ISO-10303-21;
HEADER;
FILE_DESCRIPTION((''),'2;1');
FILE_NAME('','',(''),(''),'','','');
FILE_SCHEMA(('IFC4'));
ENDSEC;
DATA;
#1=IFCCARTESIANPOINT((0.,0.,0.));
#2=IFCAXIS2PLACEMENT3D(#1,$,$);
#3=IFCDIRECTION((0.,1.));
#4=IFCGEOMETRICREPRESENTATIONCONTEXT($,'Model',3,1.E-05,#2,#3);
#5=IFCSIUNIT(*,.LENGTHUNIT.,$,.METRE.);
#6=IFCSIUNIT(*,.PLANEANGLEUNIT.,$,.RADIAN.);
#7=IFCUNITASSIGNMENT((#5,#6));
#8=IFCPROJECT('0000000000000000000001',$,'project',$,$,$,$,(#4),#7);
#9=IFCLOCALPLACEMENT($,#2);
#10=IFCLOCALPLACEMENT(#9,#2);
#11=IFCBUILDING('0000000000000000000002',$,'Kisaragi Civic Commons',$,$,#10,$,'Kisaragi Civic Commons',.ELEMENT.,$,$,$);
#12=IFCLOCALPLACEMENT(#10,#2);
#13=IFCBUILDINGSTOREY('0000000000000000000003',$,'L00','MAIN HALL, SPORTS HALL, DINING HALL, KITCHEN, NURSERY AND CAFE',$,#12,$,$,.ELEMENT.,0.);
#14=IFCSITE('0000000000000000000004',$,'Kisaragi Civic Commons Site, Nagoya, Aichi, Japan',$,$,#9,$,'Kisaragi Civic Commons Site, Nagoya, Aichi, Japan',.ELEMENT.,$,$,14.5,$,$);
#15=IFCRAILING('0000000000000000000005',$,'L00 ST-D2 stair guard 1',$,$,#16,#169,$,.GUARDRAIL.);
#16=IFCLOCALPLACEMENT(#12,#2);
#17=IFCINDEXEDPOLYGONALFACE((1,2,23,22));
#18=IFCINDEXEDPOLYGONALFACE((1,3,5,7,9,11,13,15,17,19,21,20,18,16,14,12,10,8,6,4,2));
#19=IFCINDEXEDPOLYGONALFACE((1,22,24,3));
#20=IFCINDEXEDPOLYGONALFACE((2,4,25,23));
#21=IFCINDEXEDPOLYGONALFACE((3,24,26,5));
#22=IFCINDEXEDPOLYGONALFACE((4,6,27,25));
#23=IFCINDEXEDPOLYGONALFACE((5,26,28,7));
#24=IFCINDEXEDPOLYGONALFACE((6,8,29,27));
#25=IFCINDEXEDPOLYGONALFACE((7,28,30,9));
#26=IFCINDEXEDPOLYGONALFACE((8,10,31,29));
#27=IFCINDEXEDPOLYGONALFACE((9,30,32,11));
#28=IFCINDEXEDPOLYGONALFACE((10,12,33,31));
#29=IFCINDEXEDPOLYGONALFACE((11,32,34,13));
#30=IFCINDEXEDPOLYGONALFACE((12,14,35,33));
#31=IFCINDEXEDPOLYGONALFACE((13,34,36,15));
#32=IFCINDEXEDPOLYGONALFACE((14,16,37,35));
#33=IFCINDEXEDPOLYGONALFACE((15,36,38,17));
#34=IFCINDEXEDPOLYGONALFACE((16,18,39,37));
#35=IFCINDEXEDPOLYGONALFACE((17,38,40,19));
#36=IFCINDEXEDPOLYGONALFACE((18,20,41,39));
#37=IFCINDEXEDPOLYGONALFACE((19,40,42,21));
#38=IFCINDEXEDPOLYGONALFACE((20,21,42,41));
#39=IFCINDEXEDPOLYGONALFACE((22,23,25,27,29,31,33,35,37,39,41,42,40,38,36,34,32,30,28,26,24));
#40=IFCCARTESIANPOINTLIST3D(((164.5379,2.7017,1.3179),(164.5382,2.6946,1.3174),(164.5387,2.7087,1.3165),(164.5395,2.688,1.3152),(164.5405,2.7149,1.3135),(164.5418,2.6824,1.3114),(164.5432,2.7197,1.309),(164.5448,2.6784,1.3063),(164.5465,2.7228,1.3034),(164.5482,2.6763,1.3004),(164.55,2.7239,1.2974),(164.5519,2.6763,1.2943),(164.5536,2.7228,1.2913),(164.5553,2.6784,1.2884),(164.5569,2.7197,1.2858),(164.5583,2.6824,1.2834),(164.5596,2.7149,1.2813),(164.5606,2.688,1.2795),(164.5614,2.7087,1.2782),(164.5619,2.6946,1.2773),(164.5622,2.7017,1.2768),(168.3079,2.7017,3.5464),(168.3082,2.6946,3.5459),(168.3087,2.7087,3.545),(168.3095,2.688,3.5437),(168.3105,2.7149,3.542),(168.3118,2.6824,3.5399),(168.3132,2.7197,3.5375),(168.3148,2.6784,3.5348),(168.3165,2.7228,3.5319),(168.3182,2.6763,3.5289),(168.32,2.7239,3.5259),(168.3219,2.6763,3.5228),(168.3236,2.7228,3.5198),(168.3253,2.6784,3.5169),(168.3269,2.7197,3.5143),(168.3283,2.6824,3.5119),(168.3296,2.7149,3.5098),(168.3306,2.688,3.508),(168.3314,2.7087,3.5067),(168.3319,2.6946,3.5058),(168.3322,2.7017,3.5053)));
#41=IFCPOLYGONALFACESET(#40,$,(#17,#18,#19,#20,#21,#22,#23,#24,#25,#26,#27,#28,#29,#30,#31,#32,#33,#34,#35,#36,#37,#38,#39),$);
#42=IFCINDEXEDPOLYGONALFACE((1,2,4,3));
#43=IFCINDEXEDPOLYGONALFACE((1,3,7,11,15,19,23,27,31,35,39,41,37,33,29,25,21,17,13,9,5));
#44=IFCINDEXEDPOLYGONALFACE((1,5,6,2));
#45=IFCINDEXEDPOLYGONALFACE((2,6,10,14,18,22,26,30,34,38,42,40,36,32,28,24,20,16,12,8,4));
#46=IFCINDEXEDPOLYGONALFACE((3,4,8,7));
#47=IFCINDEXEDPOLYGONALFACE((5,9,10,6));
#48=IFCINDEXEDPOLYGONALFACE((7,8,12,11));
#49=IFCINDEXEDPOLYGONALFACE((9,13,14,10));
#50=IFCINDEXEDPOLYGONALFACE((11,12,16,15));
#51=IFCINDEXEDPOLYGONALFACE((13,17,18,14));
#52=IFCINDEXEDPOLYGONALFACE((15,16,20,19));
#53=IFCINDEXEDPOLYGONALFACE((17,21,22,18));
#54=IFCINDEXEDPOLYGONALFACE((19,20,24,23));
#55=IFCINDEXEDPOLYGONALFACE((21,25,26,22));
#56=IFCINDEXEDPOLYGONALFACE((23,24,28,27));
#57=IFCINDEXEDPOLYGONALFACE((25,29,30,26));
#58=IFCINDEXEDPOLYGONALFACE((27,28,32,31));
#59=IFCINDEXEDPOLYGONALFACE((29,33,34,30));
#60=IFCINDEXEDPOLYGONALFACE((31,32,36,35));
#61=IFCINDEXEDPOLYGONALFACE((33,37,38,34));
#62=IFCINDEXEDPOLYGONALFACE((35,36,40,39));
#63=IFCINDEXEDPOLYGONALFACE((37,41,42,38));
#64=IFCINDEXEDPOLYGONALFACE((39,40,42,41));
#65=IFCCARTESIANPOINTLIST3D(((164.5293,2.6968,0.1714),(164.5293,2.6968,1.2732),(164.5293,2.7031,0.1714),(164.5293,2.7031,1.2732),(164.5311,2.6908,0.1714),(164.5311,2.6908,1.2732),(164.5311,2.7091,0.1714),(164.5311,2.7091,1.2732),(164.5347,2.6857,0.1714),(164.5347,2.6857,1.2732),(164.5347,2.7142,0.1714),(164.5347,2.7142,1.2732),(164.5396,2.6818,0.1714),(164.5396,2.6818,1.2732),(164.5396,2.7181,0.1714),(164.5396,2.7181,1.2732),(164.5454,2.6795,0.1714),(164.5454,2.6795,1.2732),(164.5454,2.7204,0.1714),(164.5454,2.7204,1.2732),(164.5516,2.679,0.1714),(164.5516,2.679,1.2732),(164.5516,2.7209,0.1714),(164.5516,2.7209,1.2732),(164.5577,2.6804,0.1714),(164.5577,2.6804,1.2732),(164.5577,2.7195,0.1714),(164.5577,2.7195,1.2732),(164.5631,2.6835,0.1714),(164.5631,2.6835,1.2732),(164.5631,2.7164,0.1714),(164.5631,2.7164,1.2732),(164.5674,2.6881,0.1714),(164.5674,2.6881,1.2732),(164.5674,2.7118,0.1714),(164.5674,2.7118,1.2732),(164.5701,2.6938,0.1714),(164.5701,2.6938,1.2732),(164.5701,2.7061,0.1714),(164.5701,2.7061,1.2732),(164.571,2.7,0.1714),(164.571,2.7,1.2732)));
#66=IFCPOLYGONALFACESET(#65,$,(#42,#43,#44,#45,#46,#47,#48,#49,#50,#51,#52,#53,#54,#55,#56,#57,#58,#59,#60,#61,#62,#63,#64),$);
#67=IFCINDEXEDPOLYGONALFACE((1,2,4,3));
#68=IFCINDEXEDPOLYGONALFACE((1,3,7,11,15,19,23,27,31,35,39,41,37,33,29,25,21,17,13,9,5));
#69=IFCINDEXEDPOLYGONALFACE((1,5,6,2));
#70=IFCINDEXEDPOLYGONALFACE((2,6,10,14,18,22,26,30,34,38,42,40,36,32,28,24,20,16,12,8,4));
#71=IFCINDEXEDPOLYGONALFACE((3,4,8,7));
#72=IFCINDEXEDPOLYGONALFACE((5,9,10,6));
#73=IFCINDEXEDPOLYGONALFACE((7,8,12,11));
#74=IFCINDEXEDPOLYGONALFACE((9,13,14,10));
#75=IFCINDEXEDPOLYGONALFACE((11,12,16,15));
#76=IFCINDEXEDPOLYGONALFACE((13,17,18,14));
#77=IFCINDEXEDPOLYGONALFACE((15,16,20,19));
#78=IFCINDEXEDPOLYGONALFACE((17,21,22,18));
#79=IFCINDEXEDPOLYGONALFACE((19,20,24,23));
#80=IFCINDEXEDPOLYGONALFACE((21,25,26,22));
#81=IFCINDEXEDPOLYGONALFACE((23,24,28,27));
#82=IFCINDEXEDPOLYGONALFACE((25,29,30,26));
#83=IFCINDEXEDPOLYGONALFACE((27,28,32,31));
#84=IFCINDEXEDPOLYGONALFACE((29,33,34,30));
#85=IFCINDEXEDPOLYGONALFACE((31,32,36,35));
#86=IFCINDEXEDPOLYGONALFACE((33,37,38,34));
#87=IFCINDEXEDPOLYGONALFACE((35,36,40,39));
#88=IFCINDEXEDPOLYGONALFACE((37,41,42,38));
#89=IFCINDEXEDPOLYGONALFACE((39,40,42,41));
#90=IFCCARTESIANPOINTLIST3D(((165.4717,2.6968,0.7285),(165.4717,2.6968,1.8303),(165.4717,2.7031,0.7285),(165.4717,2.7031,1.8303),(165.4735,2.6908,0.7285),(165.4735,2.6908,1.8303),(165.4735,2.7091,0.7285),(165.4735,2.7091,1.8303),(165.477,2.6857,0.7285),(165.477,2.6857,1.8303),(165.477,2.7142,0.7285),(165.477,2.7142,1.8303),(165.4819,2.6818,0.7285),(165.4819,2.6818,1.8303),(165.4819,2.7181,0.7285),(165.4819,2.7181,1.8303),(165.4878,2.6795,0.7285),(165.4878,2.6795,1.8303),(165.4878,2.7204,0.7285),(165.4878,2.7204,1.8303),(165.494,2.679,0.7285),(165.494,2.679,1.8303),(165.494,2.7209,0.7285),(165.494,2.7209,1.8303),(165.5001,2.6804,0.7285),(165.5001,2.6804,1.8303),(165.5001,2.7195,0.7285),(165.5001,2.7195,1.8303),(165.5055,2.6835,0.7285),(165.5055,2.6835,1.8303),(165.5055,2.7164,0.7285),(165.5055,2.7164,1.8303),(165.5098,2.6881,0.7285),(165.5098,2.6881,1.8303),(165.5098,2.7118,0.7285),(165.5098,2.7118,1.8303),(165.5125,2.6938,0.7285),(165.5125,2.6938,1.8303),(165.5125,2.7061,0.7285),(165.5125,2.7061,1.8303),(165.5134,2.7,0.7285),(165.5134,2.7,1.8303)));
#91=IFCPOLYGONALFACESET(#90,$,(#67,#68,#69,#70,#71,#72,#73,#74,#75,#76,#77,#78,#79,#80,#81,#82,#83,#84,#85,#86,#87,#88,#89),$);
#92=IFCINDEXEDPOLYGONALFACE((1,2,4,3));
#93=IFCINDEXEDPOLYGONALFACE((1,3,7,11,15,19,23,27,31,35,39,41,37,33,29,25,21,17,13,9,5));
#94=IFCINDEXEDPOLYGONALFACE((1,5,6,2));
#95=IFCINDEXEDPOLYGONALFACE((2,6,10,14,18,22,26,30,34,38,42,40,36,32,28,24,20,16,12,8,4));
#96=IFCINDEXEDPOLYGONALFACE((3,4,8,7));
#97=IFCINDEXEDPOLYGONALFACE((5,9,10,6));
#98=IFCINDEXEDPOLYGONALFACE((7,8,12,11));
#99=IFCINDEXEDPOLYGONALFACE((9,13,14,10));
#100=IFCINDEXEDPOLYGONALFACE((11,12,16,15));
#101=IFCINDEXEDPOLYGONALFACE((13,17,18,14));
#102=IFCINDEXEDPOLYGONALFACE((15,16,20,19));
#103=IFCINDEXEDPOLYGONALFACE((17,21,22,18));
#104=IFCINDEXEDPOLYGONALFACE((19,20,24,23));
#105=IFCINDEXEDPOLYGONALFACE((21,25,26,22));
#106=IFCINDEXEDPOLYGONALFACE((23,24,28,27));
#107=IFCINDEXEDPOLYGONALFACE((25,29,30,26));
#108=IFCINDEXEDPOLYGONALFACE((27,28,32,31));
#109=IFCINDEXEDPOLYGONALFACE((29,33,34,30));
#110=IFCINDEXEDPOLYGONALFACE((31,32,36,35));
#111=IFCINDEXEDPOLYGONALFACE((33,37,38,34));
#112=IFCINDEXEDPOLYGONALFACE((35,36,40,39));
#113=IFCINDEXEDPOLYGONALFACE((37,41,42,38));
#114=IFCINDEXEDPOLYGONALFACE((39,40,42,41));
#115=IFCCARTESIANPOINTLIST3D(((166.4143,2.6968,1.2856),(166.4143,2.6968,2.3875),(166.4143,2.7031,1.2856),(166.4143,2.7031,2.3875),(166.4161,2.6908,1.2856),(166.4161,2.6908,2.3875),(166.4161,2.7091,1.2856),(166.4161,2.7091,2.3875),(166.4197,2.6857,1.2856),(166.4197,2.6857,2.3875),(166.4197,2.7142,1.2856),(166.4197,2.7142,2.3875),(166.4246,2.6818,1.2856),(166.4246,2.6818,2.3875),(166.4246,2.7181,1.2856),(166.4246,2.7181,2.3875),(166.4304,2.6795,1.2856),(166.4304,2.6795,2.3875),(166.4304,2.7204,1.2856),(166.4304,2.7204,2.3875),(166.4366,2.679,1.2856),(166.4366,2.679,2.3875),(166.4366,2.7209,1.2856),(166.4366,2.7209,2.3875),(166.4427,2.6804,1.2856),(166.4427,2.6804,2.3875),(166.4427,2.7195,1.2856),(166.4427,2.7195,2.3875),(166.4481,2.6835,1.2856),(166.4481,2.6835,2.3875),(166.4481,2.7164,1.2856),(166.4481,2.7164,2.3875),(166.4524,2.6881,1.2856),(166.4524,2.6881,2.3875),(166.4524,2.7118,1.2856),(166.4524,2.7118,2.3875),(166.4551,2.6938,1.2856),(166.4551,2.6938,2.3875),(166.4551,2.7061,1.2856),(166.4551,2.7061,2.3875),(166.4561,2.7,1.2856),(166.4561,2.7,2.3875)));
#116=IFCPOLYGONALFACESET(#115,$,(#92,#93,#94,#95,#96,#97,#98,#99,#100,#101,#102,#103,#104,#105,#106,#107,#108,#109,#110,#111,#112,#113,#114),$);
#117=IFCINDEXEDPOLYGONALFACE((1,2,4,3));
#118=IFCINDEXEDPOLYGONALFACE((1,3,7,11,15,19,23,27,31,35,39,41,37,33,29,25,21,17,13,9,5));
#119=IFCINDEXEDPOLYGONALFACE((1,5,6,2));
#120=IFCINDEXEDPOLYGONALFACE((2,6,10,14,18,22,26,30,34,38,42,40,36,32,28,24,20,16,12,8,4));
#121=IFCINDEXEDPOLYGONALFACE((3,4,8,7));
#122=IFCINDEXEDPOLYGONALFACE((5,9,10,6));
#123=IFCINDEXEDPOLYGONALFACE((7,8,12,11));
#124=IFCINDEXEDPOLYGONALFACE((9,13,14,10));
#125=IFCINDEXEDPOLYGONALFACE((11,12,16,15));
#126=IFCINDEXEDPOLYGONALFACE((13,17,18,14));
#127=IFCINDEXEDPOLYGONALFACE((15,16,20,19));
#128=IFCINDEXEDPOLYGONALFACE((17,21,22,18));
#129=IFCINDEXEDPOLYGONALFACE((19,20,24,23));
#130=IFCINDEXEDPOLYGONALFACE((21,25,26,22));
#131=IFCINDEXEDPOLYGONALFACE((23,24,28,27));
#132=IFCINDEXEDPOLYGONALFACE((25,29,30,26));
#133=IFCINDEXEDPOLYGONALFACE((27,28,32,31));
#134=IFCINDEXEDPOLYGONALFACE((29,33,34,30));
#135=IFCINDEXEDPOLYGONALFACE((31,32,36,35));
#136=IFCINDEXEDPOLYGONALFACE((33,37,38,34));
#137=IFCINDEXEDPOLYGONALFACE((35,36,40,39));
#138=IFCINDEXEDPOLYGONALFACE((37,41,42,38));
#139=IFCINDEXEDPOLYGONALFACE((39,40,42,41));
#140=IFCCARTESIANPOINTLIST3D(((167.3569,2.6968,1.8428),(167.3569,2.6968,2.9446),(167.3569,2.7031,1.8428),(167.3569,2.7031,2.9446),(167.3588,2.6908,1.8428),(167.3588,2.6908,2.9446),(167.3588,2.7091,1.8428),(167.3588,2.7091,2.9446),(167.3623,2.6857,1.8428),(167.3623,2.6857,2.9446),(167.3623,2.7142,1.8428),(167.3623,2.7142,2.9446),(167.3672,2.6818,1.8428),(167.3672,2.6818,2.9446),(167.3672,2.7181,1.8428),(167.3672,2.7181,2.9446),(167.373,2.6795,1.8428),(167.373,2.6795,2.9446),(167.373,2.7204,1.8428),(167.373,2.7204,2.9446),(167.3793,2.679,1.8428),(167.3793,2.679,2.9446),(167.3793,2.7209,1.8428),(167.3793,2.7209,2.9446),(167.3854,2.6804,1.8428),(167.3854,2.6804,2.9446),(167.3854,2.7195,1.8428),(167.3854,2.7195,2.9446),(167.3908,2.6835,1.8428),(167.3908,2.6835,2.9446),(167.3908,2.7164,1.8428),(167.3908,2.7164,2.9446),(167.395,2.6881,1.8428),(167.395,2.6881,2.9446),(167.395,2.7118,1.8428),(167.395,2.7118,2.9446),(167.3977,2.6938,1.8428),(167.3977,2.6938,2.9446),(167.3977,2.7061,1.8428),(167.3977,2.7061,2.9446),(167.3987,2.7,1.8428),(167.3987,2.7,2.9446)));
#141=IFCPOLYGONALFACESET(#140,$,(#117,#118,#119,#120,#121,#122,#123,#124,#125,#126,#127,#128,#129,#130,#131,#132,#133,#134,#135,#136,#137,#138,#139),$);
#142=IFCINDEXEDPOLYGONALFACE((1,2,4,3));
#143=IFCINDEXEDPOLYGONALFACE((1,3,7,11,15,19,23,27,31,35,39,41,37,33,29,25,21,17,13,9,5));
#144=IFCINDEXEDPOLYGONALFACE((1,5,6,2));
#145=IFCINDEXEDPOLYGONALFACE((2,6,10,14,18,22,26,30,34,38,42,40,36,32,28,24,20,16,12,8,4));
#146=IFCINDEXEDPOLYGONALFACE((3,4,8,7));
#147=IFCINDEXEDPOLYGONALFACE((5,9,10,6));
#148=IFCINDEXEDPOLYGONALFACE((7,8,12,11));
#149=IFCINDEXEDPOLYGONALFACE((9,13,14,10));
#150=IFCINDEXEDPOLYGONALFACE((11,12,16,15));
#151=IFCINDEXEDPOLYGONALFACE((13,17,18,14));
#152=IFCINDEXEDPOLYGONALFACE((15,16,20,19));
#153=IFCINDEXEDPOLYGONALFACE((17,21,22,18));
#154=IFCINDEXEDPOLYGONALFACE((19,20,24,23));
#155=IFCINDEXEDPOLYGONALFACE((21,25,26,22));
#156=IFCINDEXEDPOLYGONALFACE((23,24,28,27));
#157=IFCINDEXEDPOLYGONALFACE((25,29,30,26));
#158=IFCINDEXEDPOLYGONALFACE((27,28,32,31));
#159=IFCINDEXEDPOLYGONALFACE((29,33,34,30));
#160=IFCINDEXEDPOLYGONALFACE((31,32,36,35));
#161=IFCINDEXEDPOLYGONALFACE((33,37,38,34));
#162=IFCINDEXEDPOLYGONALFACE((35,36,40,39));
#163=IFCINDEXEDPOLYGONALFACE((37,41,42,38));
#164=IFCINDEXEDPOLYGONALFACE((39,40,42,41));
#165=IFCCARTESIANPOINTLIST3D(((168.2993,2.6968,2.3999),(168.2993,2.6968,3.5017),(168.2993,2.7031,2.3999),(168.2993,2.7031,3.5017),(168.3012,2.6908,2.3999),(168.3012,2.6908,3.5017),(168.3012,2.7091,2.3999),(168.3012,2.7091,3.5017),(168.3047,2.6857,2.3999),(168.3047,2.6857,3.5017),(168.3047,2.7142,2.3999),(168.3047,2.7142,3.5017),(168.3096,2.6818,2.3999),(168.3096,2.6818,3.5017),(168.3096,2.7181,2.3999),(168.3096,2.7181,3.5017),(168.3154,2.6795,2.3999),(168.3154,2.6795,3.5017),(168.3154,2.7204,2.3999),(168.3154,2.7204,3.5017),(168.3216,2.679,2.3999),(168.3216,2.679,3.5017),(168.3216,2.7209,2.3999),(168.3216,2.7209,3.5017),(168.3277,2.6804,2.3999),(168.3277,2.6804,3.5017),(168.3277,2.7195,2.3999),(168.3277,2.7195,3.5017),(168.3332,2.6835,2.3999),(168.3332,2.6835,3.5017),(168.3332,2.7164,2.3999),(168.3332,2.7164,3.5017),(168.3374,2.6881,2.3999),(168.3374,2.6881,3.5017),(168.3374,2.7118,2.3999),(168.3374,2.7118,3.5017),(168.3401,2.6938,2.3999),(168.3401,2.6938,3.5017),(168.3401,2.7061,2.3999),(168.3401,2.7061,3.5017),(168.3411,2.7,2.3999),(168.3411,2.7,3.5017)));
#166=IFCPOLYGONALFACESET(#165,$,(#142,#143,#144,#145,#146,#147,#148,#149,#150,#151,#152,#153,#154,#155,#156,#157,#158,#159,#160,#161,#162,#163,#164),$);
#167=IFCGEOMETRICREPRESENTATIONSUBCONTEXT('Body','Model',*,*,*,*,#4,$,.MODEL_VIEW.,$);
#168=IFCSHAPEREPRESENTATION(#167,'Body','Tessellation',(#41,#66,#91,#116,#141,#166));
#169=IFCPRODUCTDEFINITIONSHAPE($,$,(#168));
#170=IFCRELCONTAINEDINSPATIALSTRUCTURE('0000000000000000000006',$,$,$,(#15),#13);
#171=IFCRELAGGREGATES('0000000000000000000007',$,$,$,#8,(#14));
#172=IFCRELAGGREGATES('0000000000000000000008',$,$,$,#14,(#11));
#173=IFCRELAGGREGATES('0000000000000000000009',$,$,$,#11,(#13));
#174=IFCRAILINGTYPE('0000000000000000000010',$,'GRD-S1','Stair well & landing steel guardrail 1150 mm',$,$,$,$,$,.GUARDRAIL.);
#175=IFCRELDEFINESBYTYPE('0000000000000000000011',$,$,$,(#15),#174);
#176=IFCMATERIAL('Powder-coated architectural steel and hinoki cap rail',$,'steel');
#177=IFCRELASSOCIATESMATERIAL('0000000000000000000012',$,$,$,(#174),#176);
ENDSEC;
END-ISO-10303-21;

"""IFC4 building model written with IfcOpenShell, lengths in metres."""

from ifc_helpers import new_model, si_unit, direction, frame, origin, origin_2d, place, context, subcontext, project, spatial, circle, extrude, material, type_object, element, save


model = new_model("IFC4")

# Units and contexts
model_context = context("Model", 3, precision=1e-05, world=origin(), true_north=direction((0.0, 1.0)))
body_context = subcontext(model_context, "Body", "Model", "MODEL_VIEW")
ifc_project = project(units=[si_unit("LENGTHUNIT", "METRE"), si_unit("PLANEANGLEUNIT", "RADIAN")], contexts=[model_context])

# Site, building, storey
site_placement = place(None, origin())
site = spatial("IfcSite", under=ifc_project, at=site_placement, Name="Kisaragi Civic Commons Site, Nagoya, Aichi, Japan", LongName="Kisaragi Civic Commons Site, Nagoya, Aichi, Japan", CompositionType="ELEMENT", RefElevation=14.5)
building_placement = place(site_placement, origin())
building = spatial("IfcBuilding", under=site, at=building_placement, Name="Kisaragi Civic Commons", LongName="Kisaragi Civic Commons", CompositionType="ELEMENT")
storey_placement = place(building_placement, origin())
storey = spatial("IfcBuildingStorey", under=building, at=storey_placement, Name="L00", Description="MAIN HALL, SPORTS HALL, DINING HALL, KITCHEN, NURSERY AND CAFE", CompositionType="ELEMENT", Elevation=0.0)

# Railing
ifc_material_1 = material(Name="Powder-coated architectural steel and hinoki cap rail", Category="steel")
railing_type_1 = type_object("IfcRailingType", Name="GRD-S1", Description="Stair well & landing steel guardrail 1150 mm", PredefinedType="GUARDRAIL", material=ifc_material_1)
railing_1_placement = place(storey_placement, frame((164.55, 2.7, 0.1714)))
element("IfcRailing", 1, at=railing_1_placement, inside=storey, type_object=railing_type_1, Name="L00 ST-D2 stair guard 1", PredefinedType="GUARDRAIL", context=body_context, shape_type="SweptSolid", body=[
    extrude(circle(Radius=0.0239, at=origin_2d()), frame((0.0, 0.0, 1.126), z_axis=(0.860849, 0.0, 0.508861), x_axis=(0.0, 1.0, 0.0)), (0.0, 0.0, 1.0), 4.3794),
    extrude(circle(Radius=0.021, at=origin_2d()), origin(), (0.0, 0.0, 1.0), 1.1018),
    extrude(circle(Radius=0.021, at=origin_2d()), frame((0.9424, 0.0, 0.5571)), (0.0, 0.0, 1.0), 1.1018),
    extrude(circle(Radius=0.021, at=origin_2d()), frame((1.885, 0.0, 1.1143)), (0.0, 0.0, 1.0), 1.1018),
    extrude(circle(Radius=0.021, at=origin_2d()), frame((2.8276, 0.0, 1.6714)), (0.0, 0.0, 1.0), 1.1018),
    extrude(circle(Radius=0.021, at=origin_2d()), frame((3.77, 0.0, 2.2285)), (0.0, 0.0, 1.0), 1.1018),
])

save(model, "model.ifc")
